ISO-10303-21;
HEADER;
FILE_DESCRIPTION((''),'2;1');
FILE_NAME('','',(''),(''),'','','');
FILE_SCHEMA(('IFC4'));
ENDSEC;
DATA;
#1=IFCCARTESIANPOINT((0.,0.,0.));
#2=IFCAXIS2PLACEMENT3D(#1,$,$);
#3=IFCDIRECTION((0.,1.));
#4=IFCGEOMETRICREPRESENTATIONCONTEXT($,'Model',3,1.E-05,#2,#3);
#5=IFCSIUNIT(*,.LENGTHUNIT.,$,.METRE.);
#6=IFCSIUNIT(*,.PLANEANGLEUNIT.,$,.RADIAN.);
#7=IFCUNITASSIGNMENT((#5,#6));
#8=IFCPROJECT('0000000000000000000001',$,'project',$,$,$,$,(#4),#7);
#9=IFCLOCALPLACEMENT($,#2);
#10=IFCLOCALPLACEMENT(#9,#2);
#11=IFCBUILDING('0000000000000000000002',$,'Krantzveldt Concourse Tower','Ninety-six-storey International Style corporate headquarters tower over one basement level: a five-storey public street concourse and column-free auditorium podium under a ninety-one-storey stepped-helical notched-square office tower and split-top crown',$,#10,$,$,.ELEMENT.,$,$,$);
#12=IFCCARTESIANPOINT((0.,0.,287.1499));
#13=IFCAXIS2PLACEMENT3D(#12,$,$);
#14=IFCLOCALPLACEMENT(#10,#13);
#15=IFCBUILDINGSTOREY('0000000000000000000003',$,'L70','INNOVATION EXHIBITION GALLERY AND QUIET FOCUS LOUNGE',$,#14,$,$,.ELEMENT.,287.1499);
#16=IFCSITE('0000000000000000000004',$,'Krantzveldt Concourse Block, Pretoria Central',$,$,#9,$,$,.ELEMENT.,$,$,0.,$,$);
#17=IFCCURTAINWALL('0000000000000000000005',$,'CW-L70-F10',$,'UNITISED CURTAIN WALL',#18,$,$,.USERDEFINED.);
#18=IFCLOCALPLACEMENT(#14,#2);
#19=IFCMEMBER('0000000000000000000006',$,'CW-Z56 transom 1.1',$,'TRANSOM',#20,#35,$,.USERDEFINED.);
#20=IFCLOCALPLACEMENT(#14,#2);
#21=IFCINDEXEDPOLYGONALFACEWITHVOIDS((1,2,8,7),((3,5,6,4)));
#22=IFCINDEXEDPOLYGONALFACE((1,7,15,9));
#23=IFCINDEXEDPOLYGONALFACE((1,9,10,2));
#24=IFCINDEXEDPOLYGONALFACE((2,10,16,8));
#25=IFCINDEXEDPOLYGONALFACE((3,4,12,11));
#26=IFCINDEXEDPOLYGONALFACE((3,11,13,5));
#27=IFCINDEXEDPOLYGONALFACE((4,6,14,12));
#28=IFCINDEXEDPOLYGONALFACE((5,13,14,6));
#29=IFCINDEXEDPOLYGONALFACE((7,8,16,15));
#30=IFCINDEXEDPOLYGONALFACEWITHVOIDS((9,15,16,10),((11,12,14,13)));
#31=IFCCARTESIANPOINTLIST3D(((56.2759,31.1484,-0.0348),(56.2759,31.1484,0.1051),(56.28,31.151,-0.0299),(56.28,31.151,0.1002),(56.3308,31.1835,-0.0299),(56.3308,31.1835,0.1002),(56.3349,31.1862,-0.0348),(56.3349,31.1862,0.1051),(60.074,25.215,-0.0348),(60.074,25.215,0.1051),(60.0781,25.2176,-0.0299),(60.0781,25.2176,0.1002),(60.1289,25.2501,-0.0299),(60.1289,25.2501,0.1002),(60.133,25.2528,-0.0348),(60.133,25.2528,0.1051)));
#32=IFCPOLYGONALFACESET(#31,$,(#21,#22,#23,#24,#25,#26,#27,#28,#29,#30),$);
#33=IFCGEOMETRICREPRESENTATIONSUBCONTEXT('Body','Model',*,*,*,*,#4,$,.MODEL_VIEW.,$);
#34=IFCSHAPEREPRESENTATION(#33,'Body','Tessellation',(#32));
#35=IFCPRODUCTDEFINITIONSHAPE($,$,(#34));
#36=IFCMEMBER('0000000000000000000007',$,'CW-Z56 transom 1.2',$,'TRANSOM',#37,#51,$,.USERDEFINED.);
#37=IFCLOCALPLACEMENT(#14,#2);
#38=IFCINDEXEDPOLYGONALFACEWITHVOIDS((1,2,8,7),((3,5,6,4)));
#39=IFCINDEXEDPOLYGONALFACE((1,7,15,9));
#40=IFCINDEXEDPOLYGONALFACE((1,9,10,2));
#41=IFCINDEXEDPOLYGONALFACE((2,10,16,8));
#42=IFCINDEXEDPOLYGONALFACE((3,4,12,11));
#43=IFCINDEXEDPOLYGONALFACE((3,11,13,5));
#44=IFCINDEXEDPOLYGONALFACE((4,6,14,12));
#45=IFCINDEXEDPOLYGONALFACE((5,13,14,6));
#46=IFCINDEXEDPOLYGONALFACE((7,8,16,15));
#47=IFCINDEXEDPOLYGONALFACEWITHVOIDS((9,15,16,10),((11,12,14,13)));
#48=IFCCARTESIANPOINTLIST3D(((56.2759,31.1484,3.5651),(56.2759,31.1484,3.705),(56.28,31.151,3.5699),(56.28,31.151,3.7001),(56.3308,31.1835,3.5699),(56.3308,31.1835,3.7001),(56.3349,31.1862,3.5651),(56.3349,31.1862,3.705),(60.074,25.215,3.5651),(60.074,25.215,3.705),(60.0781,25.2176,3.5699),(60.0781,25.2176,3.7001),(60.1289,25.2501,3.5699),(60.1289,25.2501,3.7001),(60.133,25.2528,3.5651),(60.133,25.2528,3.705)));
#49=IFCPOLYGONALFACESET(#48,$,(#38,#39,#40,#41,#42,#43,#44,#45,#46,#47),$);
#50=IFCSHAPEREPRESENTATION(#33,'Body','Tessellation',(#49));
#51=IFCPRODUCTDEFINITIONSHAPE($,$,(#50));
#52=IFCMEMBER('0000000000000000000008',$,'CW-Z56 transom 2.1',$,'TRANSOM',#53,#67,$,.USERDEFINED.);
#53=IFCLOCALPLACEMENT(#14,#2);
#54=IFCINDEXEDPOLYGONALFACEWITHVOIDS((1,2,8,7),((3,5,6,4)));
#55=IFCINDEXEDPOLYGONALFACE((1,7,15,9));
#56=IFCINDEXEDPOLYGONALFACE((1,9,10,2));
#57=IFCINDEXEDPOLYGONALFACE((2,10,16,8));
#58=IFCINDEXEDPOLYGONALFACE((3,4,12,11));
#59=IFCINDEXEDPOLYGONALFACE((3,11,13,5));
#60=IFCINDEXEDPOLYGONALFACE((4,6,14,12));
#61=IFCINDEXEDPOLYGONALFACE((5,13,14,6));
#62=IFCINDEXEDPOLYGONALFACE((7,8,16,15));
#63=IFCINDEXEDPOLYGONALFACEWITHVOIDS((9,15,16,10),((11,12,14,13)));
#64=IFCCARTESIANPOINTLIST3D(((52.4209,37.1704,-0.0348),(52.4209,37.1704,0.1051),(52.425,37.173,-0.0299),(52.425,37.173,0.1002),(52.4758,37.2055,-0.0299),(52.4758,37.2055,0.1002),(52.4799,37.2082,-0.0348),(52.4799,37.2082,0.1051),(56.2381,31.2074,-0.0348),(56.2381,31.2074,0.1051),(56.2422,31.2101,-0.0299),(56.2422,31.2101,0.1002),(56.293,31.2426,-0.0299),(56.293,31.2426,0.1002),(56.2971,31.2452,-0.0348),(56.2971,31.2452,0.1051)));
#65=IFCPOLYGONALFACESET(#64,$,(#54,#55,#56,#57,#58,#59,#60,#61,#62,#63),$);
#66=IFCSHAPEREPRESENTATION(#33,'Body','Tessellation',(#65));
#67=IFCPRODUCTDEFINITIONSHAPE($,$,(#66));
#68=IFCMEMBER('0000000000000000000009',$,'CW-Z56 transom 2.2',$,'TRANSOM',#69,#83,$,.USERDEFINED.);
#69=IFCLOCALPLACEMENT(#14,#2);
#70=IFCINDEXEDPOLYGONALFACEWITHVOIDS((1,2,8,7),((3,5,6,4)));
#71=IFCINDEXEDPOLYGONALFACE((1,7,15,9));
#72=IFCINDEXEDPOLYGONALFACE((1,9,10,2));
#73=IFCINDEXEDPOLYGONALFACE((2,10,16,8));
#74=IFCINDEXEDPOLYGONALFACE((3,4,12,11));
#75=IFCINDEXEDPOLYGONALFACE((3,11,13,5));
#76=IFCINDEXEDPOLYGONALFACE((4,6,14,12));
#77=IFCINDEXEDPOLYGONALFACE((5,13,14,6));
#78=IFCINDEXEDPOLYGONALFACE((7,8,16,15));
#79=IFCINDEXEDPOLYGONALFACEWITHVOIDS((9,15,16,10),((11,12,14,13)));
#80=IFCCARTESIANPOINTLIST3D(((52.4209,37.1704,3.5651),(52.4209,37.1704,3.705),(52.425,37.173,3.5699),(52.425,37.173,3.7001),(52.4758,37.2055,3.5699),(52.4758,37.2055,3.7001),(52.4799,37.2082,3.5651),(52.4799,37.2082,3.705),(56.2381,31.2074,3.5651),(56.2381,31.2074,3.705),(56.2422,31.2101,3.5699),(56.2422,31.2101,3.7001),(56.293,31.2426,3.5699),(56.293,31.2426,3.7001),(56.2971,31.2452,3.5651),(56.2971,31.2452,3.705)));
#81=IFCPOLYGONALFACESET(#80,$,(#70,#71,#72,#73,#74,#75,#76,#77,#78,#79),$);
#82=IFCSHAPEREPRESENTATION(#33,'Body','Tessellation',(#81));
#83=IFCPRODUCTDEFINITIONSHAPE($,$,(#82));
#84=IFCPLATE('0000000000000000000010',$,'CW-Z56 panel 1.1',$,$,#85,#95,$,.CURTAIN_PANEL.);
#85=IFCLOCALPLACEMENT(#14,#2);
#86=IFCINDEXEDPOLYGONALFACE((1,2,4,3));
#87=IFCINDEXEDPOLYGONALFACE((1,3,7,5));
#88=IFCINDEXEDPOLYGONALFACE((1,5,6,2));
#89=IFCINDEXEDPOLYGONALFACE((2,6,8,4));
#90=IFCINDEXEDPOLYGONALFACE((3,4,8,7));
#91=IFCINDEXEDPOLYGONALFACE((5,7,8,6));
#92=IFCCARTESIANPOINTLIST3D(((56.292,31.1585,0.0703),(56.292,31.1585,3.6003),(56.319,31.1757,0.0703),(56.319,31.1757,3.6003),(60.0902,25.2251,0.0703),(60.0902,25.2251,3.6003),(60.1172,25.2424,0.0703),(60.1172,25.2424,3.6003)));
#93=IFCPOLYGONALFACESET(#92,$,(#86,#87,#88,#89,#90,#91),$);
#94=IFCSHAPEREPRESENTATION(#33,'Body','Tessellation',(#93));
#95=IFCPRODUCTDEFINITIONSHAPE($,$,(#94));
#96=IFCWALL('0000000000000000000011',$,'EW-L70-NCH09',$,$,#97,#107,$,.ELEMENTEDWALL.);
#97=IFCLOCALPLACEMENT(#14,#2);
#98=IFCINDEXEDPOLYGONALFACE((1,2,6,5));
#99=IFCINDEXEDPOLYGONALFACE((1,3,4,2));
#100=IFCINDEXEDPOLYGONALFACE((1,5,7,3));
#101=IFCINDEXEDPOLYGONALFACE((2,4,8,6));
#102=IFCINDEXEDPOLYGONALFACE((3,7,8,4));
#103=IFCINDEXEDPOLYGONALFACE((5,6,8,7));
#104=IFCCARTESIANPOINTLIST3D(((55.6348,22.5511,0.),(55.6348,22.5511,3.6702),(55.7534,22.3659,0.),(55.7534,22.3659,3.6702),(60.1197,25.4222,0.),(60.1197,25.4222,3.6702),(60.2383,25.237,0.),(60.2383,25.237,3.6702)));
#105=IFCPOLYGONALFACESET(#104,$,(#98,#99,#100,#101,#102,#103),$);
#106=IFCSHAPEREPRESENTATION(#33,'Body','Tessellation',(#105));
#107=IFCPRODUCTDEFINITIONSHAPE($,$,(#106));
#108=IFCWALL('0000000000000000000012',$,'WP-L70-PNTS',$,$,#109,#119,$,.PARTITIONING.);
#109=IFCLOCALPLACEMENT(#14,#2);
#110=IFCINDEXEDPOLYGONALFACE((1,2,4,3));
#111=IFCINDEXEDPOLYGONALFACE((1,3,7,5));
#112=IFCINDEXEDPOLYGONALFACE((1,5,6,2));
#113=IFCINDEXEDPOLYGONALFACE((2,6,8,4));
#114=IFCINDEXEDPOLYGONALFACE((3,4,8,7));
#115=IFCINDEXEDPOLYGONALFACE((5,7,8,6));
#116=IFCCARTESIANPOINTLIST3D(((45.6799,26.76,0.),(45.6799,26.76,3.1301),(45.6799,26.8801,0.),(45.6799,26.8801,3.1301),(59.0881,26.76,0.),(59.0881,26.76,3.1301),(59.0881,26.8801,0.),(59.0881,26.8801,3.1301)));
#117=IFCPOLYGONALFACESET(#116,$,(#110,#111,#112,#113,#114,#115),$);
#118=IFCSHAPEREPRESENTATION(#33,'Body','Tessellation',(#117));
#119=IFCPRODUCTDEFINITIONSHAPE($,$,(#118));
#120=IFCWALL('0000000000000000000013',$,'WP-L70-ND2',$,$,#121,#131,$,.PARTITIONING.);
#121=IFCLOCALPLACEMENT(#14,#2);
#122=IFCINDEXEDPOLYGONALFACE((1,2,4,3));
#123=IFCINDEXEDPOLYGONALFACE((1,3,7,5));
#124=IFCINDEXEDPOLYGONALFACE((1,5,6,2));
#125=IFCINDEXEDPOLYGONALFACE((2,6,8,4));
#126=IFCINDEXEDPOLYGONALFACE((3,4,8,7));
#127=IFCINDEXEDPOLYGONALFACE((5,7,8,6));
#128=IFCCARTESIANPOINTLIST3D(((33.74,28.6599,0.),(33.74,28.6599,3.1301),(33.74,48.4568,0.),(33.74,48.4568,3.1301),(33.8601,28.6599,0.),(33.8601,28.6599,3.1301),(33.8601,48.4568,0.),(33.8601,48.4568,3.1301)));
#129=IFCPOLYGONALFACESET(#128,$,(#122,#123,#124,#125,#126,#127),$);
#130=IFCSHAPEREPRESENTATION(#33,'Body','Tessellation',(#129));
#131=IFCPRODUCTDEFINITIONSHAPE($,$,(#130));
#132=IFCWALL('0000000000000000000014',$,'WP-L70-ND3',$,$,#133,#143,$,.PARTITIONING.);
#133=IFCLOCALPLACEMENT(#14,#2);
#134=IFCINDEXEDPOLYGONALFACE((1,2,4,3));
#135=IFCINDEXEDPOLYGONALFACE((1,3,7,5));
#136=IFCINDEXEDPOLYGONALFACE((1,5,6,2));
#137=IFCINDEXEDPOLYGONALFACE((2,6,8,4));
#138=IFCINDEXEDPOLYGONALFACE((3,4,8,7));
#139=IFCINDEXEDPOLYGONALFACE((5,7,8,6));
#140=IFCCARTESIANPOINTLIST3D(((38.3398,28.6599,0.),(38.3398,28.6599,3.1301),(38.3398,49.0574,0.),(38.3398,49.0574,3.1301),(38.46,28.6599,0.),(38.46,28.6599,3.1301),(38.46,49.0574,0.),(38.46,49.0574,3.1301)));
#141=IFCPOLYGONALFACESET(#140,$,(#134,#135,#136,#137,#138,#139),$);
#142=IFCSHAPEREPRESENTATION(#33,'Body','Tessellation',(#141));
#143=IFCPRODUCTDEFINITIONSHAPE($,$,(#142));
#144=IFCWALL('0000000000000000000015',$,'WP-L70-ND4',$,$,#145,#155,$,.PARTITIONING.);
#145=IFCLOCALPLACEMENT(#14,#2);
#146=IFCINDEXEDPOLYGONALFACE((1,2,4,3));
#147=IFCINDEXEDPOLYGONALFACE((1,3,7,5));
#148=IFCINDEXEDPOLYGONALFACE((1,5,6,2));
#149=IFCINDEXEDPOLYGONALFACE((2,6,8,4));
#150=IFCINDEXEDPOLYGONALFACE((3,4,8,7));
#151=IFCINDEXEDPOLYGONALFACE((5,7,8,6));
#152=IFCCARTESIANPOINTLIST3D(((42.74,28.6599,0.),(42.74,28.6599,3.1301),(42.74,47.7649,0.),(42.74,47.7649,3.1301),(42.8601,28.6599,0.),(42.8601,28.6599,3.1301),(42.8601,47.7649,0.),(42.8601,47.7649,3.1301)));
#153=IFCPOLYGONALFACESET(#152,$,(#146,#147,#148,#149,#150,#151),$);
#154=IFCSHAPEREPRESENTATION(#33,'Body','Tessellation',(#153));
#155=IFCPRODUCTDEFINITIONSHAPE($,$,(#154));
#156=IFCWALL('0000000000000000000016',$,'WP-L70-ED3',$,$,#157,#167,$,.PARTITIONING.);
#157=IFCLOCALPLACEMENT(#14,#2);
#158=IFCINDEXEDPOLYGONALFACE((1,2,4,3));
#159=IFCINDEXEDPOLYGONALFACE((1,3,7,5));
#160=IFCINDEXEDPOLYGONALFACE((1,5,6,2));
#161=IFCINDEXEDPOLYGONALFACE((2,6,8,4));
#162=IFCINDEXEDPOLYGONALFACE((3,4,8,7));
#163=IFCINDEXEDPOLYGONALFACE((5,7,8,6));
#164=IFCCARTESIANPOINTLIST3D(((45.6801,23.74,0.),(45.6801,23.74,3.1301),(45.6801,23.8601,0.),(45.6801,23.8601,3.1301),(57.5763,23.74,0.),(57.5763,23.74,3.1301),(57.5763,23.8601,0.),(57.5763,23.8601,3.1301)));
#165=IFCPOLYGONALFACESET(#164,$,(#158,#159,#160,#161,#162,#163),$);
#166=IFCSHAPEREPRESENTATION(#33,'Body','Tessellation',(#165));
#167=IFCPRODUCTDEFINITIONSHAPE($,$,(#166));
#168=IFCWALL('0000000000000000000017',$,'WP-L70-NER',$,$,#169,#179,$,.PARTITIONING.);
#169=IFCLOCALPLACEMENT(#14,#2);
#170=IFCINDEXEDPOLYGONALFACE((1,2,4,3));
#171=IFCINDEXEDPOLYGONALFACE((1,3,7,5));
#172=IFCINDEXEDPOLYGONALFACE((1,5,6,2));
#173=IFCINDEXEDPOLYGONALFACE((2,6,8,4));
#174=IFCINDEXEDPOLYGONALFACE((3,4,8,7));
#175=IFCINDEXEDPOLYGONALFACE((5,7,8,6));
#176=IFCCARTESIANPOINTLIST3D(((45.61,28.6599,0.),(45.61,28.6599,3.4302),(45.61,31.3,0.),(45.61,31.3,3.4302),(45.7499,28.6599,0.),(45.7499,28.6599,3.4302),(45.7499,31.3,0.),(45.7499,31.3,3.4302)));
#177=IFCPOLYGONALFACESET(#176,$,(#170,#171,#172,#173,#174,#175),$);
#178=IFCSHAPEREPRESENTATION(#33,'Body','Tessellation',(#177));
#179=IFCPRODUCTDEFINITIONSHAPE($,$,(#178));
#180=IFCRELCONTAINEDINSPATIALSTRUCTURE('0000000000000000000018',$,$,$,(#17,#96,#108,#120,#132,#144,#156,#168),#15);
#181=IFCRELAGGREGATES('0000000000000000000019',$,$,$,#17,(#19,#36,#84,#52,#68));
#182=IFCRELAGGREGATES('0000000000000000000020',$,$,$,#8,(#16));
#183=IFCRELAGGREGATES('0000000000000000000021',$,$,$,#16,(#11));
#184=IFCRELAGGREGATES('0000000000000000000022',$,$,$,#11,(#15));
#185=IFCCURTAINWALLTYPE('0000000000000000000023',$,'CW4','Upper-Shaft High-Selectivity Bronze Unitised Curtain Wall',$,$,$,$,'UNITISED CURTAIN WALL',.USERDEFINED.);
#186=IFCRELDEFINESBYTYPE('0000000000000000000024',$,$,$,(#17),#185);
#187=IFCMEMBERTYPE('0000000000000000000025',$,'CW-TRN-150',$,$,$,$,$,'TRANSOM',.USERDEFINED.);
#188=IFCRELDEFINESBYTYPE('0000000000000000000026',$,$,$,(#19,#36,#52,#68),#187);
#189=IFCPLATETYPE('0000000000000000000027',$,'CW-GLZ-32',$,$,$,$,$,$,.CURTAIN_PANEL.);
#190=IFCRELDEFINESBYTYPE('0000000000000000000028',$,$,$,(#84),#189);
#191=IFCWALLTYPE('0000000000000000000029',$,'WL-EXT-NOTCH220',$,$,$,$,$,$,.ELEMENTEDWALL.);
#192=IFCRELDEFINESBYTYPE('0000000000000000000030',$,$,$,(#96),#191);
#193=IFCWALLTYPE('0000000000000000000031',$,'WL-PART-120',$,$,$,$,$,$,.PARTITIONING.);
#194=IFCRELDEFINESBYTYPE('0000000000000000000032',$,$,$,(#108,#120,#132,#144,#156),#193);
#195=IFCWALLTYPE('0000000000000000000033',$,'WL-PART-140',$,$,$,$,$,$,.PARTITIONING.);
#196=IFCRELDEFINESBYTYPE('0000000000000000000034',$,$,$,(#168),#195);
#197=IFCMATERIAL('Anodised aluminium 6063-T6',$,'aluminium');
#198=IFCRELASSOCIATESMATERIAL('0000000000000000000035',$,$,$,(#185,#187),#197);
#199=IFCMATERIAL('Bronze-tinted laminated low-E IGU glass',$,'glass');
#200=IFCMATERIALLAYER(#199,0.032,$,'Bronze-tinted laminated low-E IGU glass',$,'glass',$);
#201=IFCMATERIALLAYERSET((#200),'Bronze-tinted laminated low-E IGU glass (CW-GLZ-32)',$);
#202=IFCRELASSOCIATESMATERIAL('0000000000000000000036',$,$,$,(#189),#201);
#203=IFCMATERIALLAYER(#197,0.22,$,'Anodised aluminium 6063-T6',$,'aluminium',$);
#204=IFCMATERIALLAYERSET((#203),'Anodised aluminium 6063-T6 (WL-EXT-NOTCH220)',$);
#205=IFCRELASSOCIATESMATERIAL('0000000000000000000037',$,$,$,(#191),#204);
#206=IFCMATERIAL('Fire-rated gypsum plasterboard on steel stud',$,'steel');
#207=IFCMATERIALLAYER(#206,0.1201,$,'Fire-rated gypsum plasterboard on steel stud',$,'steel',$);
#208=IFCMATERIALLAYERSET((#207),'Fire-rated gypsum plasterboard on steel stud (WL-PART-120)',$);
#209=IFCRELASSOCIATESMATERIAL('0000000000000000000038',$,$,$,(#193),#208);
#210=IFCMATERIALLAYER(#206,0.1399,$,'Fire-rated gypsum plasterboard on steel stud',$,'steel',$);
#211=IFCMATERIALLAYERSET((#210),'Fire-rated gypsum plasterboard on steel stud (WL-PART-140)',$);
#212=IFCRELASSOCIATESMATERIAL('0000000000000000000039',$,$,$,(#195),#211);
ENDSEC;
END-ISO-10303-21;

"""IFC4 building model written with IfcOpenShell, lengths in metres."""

from ifc_helpers import new_model, si_unit, direction, frame, frame_2d, origin, origin_2d, place, context, subcontext, project, spatial, rectangle, hollow_rectangle, extrude, source, transform, mapped, material, layer, layer_set, material_profile, profile_set, type_object, type_shapes, element, aggregate, save


model = new_model("IFC4")

# Units and contexts
model_context = context("Model", 3, precision=1e-05, world=origin(), true_north=direction((0.0, 1.0)))
body_context = subcontext(model_context, "Body", "Model", "MODEL_VIEW")
ifc_project = project(units=[si_unit("LENGTHUNIT", "METRE"), si_unit("PLANEANGLEUNIT", "RADIAN")], contexts=[model_context])

# Site, building, storey
site_placement = place(None, origin())
site = spatial("IfcSite", under=ifc_project, at=site_placement, Name="Krantzveldt Concourse Block, Pretoria Central", CompositionType="ELEMENT", RefElevation=0.0)
building_placement = place(site_placement, origin())
building = spatial("IfcBuilding", under=site, at=building_placement, Name="Krantzveldt Concourse Tower", Description="Ninety-six-storey International Style corporate headquarters tower over one basement level: a five-storey public street concourse and column-free auditorium podium under a ninety-one-storey stepped-helical notched-square office tower and split-top crown", CompositionType="ELEMENT")
storey_placement = place(building_placement, frame((0.0, 0.0, 287.1499)))
storey = spatial("IfcBuildingStorey", under=building, at=storey_placement, Name="L70", Description="INNOVATION EXHIBITION GALLERY AND QUIET FOCUS LOUNGE", CompositionType="ELEMENT", Elevation=287.1499)

# Curtain wall, members, plate
ifc_material_1 = material(Name="Anodised aluminium 6063-T6", Category="aluminium")
curtain_wall_type = type_object("IfcCurtainWallType", Name="CW4", Description="Upper-Shaft High-Selectivity Bronze Unitised Curtain Wall", ElementType="UNITISED CURTAIN WALL", PredefinedType="USERDEFINED", material=ifc_material_1)
curtain_wall_placement = place(storey_placement, origin())
curtain_wall = element("IfcCurtainWall", 1, at=curtain_wall_placement, inside=storey, type_object=curtain_wall_type, Name="CW-L70-F10", ObjectType="UNITISED CURTAIN WALL", PredefinedType="USERDEFINED")
ifc_material_profile_1 = material_profile(ifc_material_1, hollow_rectangle(XDim=0.0701, YDim=0.1399, WallThickness=0.0049, at=origin_2d()), Name="Anodised aluminium 6063-T6", Category="aluminium")
ifc_profile_set_1 = profile_set([ifc_material_profile_1], Name="Anodised aluminium 6063-T6 - ALU-TRAN 140x70x5")
member_type_1 = type_object("IfcMemberType", Name="CW-TRN-150", ElementType="TRANSOM", PredefinedType="USERDEFINED", material=ifc_profile_set_1)
shared_shape_1 = source(origin(), body_context, "Body", "SweptSolid", [
    extrude(hollow_rectangle(XDim=0.0701, YDim=0.1399, WallThickness=0.0049, at=origin_2d()), origin(), (0.0, 0.0, 1.0), 7.0449),
])
member_1_placement = place(storey_placement, frame((60.1035, 25.2339, 0.0352), z_axis=(-0.539129, 0.842223, 0.0), x_axis=(-0.842223, -0.539129, 0.0)))
member_1 = element("IfcMember", 2, at=member_1_placement, type_object=member_type_1, Name="CW-Z56 transom 1.1", ObjectType="TRANSOM", PredefinedType="USERDEFINED", context=body_context, shape_type="MappedRepresentation", body=[
    mapped(shared_shape_1, transform((0.0, 0.0, 0.0), x_axis=(1.0, 0.0, 0.0), y_axis=(0.0, 1.0, 0.0), z_axis=(0.0, 0.0, 1.0), scale=1.0)),
])
member_2_placement = place(storey_placement, frame((60.1035, 25.2339, 3.635), z_axis=(-0.539129, 0.842223, 0.0), x_axis=(-0.842223, -0.539129, 0.0)))
member_2 = element("IfcMember", 3, at=member_2_placement, type_object=member_type_1, Name="CW-Z56 transom 1.2", ObjectType="TRANSOM", PredefinedType="USERDEFINED", context=body_context, shape_type="MappedRepresentation", body=[
    mapped(shared_shape_1, transform((0.0, 0.0, 0.0), x_axis=(1.0, 0.0, 0.0), y_axis=(0.0, 1.0, 0.0), z_axis=(0.0, 0.0, 1.0), scale=1.0)),
])
shared_shape_2 = source(origin(), body_context, "Body", "SweptSolid", [
    extrude(hollow_rectangle(XDim=0.0701, YDim=0.1399, WallThickness=0.0049, at=origin_2d()), origin(), (0.0, 0.0, 1.0), 7.0801),
])
type_shapes(member_type_1, [shared_shape_1, shared_shape_2])
member_3_placement = place(storey_placement, frame((56.2676, 31.2263, 0.0352), z_axis=(-0.539143, 0.842214, 0.0), x_axis=(-0.842214, -0.539143, 0.0)))
member_3 = element("IfcMember", 4, at=member_3_placement, type_object=member_type_1, Name="CW-Z56 transom 2.1", ObjectType="TRANSOM", PredefinedType="USERDEFINED", context=body_context, shape_type="MappedRepresentation", body=[
    mapped(shared_shape_2, transform((0.0, 0.0, 0.0), x_axis=(1.0, 0.0, 0.0), y_axis=(0.0, 1.0, 0.0), z_axis=(0.0, 0.0, 1.0), scale=1.0)),
])
member_4_placement = place(storey_placement, frame((56.2676, 31.2263, 3.635), z_axis=(-0.539143, 0.842214, 0.0), x_axis=(-0.842214, -0.539143, 0.0)))
member_4 = element("IfcMember", 5, at=member_4_placement, type_object=member_type_1, Name="CW-Z56 transom 2.2", ObjectType="TRANSOM", PredefinedType="USERDEFINED", context=body_context, shape_type="MappedRepresentation", body=[
    mapped(shared_shape_2, transform((0.0, 0.0, 0.0), x_axis=(1.0, 0.0, 0.0), y_axis=(0.0, 1.0, 0.0), z_axis=(0.0, 0.0, 1.0), scale=1.0)),
])
ifc_material_2 = material(Name="Bronze-tinted laminated low-E IGU glass", Category="glass")
ifc_layer_1 = layer(ifc_material_2, 0.032, Name="Bronze-tinted laminated low-E IGU glass", Category="glass")
ifc_layer_set_1 = layer_set([ifc_layer_1], Name="Bronze-tinted laminated low-E IGU glass (CW-GLZ-32)")
plate_type = type_object("IfcPlateType", Name="CW-GLZ-32", PredefinedType="CURTAIN_PANEL", material=ifc_layer_set_1)
shared_shape_3 = source(origin(), body_context, "Body", "SweptSolid", [
    extrude(rectangle(XDim=7.0449, YDim=0.032, at=origin_2d()), origin(), (0.0, 0.0, 1.0), 3.53),
])
type_shapes(plate_type, [shared_shape_3])
plate_placement = place(storey_placement, frame((58.2046, 28.2004, 0.0703), z_axis=(0.0, 0.0, 1.0), x_axis=(-0.539138, 0.842217, 0.0)))
plate = element("IfcPlate", 6, at=plate_placement, type_object=plate_type, Name="CW-Z56 panel 1.1", PredefinedType="CURTAIN_PANEL", context=body_context, shape_type="MappedRepresentation", body=[
    mapped(shared_shape_3, transform((0.0, 0.0, 0.0), x_axis=(1.0, 0.0, 0.0), y_axis=(0.0, 1.0, 0.0), z_axis=(0.0, 0.0, 1.0), scale=1.0)),
])
aggregate(curtain_wall, [member_1, member_2, plate, member_3, member_4])

# Walls
ifc_layer_2 = layer(ifc_material_1, 0.22, Name="Anodised aluminium 6063-T6", Category="aluminium")
ifc_layer_set_2 = layer_set([ifc_layer_2], Name="Anodised aluminium 6063-T6 (WL-EXT-NOTCH220)")
wall_type_1 = type_object("IfcWallType", Name="WL-EXT-NOTCH220", PredefinedType="ELEMENTEDWALL", material=ifc_layer_set_2)
wall_1_placement = place(storey_placement, frame((55.6941, 22.4585, 0.0), z_axis=(0.0, 0.0, 1.0), x_axis=(0.842205, 0.539158, 0.0)))
element("IfcWall", 7, at=wall_1_placement, inside=storey, type_object=wall_type_1, Name="EW-L70-NCH09", PredefinedType="ELEMENTEDWALL", context=body_context, shape_type="SweptSolid", body=[
    extrude(rectangle(XDim=5.3252, YDim=0.22, at=frame_2d((2.6626, 0.0))), origin(), (0.0, 0.0, 1.0), 3.6702),
])
ifc_material_3 = material(Name="Fire-rated gypsum plasterboard on steel stud", Category="steel")
ifc_layer_3 = layer(ifc_material_3, 0.1201, Name="Fire-rated gypsum plasterboard on steel stud", Category="steel")
ifc_layer_set_3 = layer_set([ifc_layer_3], Name="Fire-rated gypsum plasterboard on steel stud (WL-PART-120)")
wall_type_2 = type_object("IfcWallType", Name="WL-PART-120", PredefinedType="PARTITIONING", material=ifc_layer_set_3)
wall_2_placement = place(storey_placement, frame((45.6799, 26.8201, 0.0), z_axis=(0.0, 0.0, 1.0), x_axis=(1.0, 0.0, 0.0)))
element("IfcWall", 8, at=wall_2_placement, inside=storey, type_object=wall_type_2, Name="WP-L70-PNTS", PredefinedType="PARTITIONING", context=body_context, shape_type="SweptSolid", body=[
    extrude(rectangle(XDim=13.4082, YDim=0.1201, at=frame_2d((6.7041, 0.0))), origin(), (0.0, 0.0, 1.0), 3.1301),
])
wall_3_placement = place(storey_placement, frame((33.8, 28.6599, 0.0), z_axis=(0.0, 0.0, 1.0), x_axis=(0.0, 1.0, 0.0)))
element("IfcWall", 9, at=wall_3_placement, inside=storey, type_object=wall_type_2, Name="WP-L70-ND2", PredefinedType="PARTITIONING", context=body_context, shape_type="SweptSolid", body=[
    extrude(rectangle(XDim=19.7969, YDim=0.1201, at=frame_2d((9.8984, 0.0))), origin(), (0.0, 0.0, 1.0), 3.1301),
])
wall_4_placement = place(storey_placement, frame((38.3999, 28.6599, 0.0), z_axis=(0.0, 0.0, 1.0), x_axis=(0.0, 1.0, 0.0)))
element("IfcWall", 10, at=wall_4_placement, inside=storey, type_object=wall_type_2, Name="WP-L70-ND3", PredefinedType="PARTITIONING", context=body_context, shape_type="SweptSolid", body=[
    extrude(rectangle(XDim=20.3975, YDim=0.1201, at=frame_2d((10.1987, 0.0))), origin(), (0.0, 0.0, 1.0), 3.1301),
])
wall_5_placement = place(storey_placement, frame((42.8, 28.6599, 0.0), z_axis=(0.0, 0.0, 1.0), x_axis=(0.0, 1.0, 0.0)))
element("IfcWall", 11, at=wall_5_placement, inside=storey, type_object=wall_type_2, Name="WP-L70-ND4", PredefinedType="PARTITIONING", context=body_context, shape_type="SweptSolid", body=[
    extrude(rectangle(XDim=19.105, YDim=0.1201, at=frame_2d((9.5525, 0.0))), origin(), (0.0, 0.0, 1.0), 3.1301),
])
wall_6_placement = place(storey_placement, frame((45.6799, 23.8, 0.0), z_axis=(0.0, 0.0, 1.0), x_axis=(1.0, 0.0, 0.0)))
element("IfcWall", 12, at=wall_6_placement, inside=storey, type_object=wall_type_2, Name="WP-L70-ED3", PredefinedType="PARTITIONING", context=body_context, shape_type="SweptSolid", body=[
    extrude(rectangle(XDim=11.8962, YDim=0.1201, at=frame_2d((5.9482, 0.0))), origin(), (0.0, 0.0, 1.0), 3.1301),
])
ifc_layer_4 = layer(ifc_material_3, 0.1399, Name="Fire-rated gypsum plasterboard on steel stud", Category="steel")
ifc_layer_set_4 = layer_set([ifc_layer_4], Name="Fire-rated gypsum plasterboard on steel stud (WL-PART-140)")
wall_type_3 = type_object("IfcWallType", Name="WL-PART-140", PredefinedType="PARTITIONING", material=ifc_layer_set_4)
wall_7_placement = place(storey_placement, frame((45.6799, 28.6599, 0.0), z_axis=(0.0, 0.0, 1.0), x_axis=(0.0, 1.0, 0.0)))
element("IfcWall", 13, at=wall_7_placement, inside=storey, type_object=wall_type_3, Name="WP-L70-NER", PredefinedType="PARTITIONING", context=body_context, shape_type="SweptSolid", body=[
    extrude(rectangle(XDim=2.6401, YDim=0.1399, at=frame_2d((1.3201, 0.0))), origin(), (0.0, 0.0, 1.0), 3.4302),
])

save(model, "model.ifc")
